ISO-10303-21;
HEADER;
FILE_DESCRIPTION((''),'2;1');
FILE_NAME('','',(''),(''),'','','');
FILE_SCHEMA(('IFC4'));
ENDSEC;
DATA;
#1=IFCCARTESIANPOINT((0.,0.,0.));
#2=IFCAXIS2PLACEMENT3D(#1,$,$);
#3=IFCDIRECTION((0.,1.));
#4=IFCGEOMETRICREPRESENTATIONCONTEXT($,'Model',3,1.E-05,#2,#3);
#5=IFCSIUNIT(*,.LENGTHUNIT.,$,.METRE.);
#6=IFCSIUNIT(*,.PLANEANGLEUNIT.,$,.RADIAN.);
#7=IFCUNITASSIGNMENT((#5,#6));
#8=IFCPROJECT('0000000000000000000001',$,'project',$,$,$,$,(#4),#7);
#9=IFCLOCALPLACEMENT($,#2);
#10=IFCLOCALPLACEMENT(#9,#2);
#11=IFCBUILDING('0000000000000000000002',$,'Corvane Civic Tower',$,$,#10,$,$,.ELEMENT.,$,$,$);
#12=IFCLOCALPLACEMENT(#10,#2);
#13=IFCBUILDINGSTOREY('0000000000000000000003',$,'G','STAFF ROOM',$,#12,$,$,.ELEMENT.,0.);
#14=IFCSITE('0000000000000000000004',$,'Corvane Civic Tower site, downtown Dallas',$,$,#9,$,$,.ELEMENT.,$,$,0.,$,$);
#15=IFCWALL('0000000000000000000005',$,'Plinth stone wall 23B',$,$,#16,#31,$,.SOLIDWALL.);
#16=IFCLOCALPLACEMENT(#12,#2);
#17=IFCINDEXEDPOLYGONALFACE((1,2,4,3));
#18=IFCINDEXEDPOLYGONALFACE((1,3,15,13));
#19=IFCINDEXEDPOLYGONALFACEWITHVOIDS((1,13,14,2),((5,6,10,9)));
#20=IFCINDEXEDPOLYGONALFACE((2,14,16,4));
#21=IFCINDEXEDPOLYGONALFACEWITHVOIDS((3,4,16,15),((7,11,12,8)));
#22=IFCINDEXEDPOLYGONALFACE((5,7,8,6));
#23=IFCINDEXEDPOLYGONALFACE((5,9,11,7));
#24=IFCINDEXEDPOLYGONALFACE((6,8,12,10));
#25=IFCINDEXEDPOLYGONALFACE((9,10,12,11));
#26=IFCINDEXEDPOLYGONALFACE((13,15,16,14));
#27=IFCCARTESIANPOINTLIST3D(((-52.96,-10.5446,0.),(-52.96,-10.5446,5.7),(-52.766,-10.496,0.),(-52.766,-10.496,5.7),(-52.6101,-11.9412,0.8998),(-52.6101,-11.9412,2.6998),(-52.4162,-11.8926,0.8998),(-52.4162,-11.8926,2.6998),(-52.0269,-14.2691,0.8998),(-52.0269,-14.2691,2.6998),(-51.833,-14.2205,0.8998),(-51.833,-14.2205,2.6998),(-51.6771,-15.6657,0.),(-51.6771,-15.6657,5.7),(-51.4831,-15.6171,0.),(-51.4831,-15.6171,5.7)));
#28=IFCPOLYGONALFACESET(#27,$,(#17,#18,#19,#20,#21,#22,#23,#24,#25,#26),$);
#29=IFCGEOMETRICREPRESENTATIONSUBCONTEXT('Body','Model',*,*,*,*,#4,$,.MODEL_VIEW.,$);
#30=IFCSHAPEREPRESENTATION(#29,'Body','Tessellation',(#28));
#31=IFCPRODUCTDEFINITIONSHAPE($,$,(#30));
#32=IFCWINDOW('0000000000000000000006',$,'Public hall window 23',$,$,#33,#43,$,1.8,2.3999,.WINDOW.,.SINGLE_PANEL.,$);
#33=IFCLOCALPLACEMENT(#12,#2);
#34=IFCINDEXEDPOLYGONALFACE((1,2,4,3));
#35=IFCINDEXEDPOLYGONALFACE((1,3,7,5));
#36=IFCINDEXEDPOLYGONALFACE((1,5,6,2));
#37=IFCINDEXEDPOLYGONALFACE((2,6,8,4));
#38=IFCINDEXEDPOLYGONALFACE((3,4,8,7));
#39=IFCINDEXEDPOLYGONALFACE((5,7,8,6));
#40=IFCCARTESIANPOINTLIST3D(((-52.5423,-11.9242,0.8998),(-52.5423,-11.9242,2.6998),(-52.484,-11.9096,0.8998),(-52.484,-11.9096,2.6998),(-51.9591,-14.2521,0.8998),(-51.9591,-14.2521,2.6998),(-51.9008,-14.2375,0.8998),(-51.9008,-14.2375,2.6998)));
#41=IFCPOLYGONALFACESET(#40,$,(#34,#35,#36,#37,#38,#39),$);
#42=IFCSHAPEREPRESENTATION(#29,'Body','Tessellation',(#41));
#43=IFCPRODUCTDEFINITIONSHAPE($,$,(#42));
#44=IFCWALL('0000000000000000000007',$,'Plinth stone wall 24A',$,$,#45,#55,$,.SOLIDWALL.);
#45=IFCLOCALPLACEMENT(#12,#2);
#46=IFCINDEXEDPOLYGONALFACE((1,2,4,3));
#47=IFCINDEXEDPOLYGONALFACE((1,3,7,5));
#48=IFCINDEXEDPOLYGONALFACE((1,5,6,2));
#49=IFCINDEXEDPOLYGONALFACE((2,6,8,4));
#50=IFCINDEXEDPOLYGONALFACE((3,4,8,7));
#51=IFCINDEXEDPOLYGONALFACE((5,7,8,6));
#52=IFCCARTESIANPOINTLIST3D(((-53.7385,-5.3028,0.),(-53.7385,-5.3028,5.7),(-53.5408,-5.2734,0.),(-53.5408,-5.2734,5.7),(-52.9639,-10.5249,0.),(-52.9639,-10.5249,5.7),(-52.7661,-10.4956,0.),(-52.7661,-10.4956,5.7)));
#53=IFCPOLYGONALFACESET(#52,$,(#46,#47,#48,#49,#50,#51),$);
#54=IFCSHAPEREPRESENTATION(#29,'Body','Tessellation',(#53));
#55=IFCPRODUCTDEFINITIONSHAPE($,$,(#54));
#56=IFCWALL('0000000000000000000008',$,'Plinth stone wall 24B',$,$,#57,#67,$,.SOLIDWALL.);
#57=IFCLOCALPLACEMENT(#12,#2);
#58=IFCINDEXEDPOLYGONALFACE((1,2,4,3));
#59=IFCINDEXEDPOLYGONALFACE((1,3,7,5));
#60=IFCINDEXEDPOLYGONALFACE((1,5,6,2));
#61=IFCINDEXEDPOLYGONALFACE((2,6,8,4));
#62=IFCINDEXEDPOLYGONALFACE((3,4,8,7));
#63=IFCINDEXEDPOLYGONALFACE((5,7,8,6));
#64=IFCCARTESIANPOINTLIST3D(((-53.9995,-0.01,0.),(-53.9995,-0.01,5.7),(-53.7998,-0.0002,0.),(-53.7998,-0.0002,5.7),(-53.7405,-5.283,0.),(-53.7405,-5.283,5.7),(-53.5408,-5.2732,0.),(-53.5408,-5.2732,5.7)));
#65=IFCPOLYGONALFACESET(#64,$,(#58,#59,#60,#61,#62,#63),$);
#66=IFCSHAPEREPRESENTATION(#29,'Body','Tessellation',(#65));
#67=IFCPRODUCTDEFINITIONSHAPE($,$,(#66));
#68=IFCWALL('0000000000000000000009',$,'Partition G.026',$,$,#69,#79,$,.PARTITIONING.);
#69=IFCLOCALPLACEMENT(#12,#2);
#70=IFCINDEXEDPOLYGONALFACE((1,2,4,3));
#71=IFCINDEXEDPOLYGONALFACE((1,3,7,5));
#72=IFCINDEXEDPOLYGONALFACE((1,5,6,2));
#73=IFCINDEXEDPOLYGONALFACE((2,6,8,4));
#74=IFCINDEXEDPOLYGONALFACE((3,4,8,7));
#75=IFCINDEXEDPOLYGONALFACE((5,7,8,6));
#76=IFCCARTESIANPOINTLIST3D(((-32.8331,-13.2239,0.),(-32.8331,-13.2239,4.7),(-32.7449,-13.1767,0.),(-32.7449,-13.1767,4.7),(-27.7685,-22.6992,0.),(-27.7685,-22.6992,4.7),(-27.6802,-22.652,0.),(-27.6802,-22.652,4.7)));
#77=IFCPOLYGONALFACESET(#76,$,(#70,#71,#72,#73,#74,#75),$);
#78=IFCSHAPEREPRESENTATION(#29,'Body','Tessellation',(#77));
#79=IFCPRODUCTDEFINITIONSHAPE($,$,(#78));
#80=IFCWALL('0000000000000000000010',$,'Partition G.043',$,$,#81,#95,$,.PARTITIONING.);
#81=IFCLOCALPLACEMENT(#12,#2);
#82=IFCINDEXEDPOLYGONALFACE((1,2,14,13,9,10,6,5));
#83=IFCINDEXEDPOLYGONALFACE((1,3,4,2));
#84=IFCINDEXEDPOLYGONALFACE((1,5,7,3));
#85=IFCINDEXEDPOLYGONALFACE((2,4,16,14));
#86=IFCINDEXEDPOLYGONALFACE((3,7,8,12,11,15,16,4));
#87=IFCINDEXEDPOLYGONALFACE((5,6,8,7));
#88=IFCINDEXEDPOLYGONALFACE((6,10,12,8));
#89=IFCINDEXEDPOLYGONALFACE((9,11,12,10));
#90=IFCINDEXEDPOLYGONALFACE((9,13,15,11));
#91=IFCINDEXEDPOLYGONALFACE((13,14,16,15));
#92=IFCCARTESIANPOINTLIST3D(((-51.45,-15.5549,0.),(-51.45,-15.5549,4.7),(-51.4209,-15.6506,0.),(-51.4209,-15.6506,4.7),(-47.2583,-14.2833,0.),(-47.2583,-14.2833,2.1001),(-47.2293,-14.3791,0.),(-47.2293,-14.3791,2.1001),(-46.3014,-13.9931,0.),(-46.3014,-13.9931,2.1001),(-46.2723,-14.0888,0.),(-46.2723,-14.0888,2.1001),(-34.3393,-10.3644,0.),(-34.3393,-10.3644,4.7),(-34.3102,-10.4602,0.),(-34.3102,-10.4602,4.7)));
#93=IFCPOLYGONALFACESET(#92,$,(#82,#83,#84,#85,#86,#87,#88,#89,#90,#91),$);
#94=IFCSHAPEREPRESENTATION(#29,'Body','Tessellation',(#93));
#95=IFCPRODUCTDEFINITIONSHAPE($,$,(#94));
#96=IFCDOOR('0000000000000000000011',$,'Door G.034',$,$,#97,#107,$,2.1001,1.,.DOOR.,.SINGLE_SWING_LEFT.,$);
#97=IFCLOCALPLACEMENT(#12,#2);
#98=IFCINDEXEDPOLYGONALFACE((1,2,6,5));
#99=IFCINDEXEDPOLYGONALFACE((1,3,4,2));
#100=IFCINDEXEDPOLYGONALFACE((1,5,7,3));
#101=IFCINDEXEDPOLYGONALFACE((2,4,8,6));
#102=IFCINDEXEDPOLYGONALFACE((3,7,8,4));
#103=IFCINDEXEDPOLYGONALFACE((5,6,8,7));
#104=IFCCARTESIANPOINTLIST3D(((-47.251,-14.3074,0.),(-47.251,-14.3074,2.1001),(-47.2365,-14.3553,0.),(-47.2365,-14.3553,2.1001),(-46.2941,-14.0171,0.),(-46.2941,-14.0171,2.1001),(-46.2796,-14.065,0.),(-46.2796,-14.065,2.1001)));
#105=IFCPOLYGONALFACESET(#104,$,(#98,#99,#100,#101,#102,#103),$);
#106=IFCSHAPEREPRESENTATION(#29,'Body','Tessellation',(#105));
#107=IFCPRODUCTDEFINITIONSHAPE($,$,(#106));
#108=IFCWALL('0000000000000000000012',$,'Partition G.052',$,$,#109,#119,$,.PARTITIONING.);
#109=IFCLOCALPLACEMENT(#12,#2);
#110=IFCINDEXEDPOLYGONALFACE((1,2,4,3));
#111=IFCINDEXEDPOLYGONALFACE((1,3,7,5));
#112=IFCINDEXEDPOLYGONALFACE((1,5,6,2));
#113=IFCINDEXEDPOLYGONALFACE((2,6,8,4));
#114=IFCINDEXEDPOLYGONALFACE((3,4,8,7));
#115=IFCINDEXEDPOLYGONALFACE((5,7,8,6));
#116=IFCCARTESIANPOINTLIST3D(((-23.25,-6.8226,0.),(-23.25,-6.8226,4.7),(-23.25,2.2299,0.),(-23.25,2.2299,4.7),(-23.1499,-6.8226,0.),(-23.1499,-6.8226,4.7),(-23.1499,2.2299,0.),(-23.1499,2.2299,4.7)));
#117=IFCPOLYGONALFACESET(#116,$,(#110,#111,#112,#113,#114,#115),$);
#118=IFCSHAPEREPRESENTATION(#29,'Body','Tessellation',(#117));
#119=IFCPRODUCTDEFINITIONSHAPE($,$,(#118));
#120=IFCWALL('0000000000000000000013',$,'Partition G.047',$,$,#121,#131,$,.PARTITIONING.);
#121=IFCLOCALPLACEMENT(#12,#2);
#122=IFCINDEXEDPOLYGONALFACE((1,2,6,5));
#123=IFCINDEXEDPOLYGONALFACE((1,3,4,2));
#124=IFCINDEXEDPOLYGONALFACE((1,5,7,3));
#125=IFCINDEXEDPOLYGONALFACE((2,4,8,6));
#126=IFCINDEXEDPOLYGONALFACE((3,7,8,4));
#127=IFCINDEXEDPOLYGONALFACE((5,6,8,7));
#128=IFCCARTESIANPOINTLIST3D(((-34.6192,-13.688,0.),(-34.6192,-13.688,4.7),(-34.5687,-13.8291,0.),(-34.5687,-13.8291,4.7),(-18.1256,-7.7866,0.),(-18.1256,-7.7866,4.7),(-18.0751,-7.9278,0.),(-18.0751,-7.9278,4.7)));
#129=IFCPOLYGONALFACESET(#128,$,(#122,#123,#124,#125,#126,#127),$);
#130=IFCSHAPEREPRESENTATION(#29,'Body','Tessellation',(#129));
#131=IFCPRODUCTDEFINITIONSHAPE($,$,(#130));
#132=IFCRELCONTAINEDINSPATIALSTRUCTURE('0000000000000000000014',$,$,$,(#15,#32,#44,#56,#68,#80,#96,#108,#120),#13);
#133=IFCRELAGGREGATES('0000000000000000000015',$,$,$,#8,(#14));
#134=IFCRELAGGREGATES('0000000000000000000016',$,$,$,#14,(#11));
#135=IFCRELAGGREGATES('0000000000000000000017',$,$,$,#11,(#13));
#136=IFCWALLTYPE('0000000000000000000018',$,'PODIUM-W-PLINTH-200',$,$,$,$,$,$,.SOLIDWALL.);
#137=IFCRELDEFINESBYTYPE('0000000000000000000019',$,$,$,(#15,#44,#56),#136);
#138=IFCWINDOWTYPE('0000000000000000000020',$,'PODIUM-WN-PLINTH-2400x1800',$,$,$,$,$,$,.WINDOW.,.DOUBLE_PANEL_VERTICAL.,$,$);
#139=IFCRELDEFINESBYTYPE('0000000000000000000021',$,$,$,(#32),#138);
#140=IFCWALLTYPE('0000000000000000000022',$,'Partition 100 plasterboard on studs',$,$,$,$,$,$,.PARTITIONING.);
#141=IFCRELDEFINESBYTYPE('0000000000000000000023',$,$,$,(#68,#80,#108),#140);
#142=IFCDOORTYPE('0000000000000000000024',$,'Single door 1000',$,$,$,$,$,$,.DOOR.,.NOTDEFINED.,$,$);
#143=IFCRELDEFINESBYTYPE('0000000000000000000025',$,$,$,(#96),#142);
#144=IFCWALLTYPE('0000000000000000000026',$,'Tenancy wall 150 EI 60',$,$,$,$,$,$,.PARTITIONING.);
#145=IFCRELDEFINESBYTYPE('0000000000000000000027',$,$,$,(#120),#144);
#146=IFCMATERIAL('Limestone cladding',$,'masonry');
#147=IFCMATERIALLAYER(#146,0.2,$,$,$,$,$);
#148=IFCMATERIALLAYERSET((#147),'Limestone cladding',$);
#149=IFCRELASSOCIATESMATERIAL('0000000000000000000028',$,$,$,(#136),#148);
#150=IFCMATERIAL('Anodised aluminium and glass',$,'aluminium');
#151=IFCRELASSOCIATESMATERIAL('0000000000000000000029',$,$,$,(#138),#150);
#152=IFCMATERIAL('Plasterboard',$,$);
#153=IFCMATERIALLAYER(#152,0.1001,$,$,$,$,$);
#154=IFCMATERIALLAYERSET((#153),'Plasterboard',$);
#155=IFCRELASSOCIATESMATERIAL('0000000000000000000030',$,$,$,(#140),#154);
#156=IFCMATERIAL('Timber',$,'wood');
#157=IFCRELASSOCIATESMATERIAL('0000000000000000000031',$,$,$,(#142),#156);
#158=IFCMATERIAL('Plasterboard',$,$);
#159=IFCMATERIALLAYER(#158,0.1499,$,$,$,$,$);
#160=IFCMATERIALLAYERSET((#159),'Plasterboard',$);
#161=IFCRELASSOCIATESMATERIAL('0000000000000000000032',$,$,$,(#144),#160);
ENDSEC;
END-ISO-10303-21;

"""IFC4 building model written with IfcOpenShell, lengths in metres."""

from ifc_helpers import new_model, si_unit, direction, frame, frame_2d, origin, place, context, subcontext, project, spatial, rectangle, extrude, material, layer, layer_set, type_object, element, fill, save


model = new_model("IFC4")

# Units and contexts
model_context = context("Model", 3, precision=1e-05, world=origin(), true_north=direction((0.0, 1.0)))
body_context = subcontext(model_context, "Body", "Model", "MODEL_VIEW")
ifc_project = project(units=[si_unit("LENGTHUNIT", "METRE"), si_unit("PLANEANGLEUNIT", "RADIAN")], contexts=[model_context])

# Site, building, storey
site_placement = place(None, origin())
site = spatial("IfcSite", under=ifc_project, at=site_placement, Name="Corvane Civic Tower site, downtown Dallas", CompositionType="ELEMENT", RefElevation=0.0)
building_placement = place(site_placement, origin())
building = spatial("IfcBuilding", under=site, at=building_placement, Name="Corvane Civic Tower", CompositionType="ELEMENT")
storey_placement = place(building_placement, origin())
storey = spatial("IfcBuildingStorey", under=building, at=storey_placement, Name="G", Description="STAFF ROOM", CompositionType="ELEMENT", Elevation=0.0)

# Wall, opening, window
ifc_material_1 = material(Name="Limestone cladding", Category="masonry")
ifc_layer_1 = layer(ifc_material_1, 0.2)
ifc_layer_set_1 = layer_set([ifc_layer_1], Name="Limestone cladding")
wall_type_1 = type_object("IfcWallType", Name="PODIUM-W-PLINTH-200", PredefinedType="SOLIDWALL", material=ifc_layer_set_1)
wall_1_placement = place(storey_placement, frame((-51.5801, -15.6414, 0.0), z_axis=(0.0, 0.0, 1.0), x_axis=(-0.243014, 0.970023, 0.0)))
wall_1 = element("IfcWall", 1, at=wall_1_placement, inside=storey, type_object=wall_type_1, Name="Plinth stone wall 23B", PredefinedType="SOLIDWALL", context=body_context, shape_type="SweptSolid", body=[
    extrude(rectangle(XDim=5.2793, YDim=0.2, at=frame_2d((2.6396, 0.0))), origin(), (0.0, 0.0, 1.0), 5.7),
])
opening_1_placement = place(wall_1_placement, frame((1.4397, 0.0, 0.8999)))
opening_1 = element("IfcOpeningElement", 2, at=opening_1_placement, cuts=wall_1, PredefinedType="OPENING", context=body_context, shape_type="SweptSolid", body=[
    extrude(rectangle(XDim=2.3999, YDim=1.8, at=frame_2d((1.2, 0.8999))), frame((0.0, 0.1099, 0.0), z_axis=(0.0, -1.0, 0.0), x_axis=(1.0, 0.0, 0.0)), (0.0, 0.0, 1.0), 0.22),
])
ifc_material_2 = material(Name="Anodised aluminium and glass", Category="aluminium")
window_type = type_object("IfcWindowType", Name="PODIUM-WN-PLINTH-2400x1800", PartitioningType="DOUBLE_PANEL_VERTICAL", PredefinedType="WINDOW", material=ifc_material_2)
window_placement = place(opening_1_placement, origin())
window = element("IfcWindow", 3, at=window_placement, inside=storey, type_object=window_type, Name="Public hall window 23", OverallHeight=1.8, OverallWidth=2.3999, PartitioningType="SINGLE_PANEL", PredefinedType="WINDOW", context=body_context, shape_type="SweptSolid", body=[
    extrude(rectangle(XDim=2.3999, YDim=1.8, at=frame_2d((1.2, 0.8999))), frame((0.0, 0.03, 0.0), z_axis=(0.0, -1.0, 0.0), x_axis=(1.0, 0.0, 0.0)), (0.0, 0.0, 1.0), 0.0601),
])
fill(opening_1, window)

# Walls
for number, where, z_axis, x_axis, name in (
    (4, (-52.865, -10.5103, 0.0), (0.0, 0.0, 1.0), (-0.146735, 0.989176, 0.0), "Plinth stone wall 24A"),
    (5, (-53.6406, -5.2781, 0.0), (0.0, 0.0, 1.0), (-0.049066, 0.998796, 0.0), "Plinth stone wall 24B"),
):
    element("IfcWall", number, at=place(storey_placement, frame(where, z_axis=z_axis, x_axis=x_axis)), inside=storey, type_object=wall_type_1, Name=name, PredefinedType="SOLIDWALL", context=body_context, shape_type="SweptSolid", body=[
        extrude(rectangle(XDim=5.2793, YDim=0.2, at=frame_2d((2.6396, 0.0))), origin(), (0.0, 0.0, 1.0), 5.7),
    ])
ifc_material_3 = material(Name="Plasterboard")
ifc_layer_2 = layer(ifc_material_3, 0.1001)
ifc_layer_set_2 = layer_set([ifc_layer_2], Name="Plasterboard")
wall_type_2 = type_object("IfcWallType", Name="Partition 100 plasterboard on studs", PredefinedType="PARTITIONING", material=ifc_layer_set_2)
wall_2_placement = place(storey_placement, frame((-32.7891, -13.2002, 0.0), z_axis=(0.0, 0.0, 1.0), x_axis=(0.471398, -0.88192, 0.0)))
element("IfcWall", 6, at=wall_2_placement, inside=storey, type_object=wall_type_2, Name="Partition G.026", PredefinedType="PARTITIONING", context=body_context, shape_type="SweptSolid", body=[
    extrude(rectangle(XDim=10.7439, YDim=0.1001, at=frame_2d((5.3721, 0.0))), origin(), (0.0, 0.0, 1.0), 4.7),
])

# Wall, opening, door
wall_3_placement = place(storey_placement, frame((-51.4355, -15.6028, 0.0), z_axis=(0.0, 0.0, 1.0), x_axis=(0.956941, 0.290284, 0.0)))
wall_3 = element("IfcWall", 7, at=wall_3_placement, inside=storey, type_object=wall_type_2, Name="Partition G.043", PredefinedType="PARTITIONING", context=body_context, shape_type="SweptSolid", body=[
    extrude(rectangle(XDim=17.8806, YDim=0.1001, at=frame_2d((8.9404, 0.0))), origin(), (0.0, 0.0, 1.0), 4.7),
])
opening_2_placement = place(wall_3_placement, frame((4.3804, 0.0, 0.0)))
opening_2 = element("IfcOpeningElement", 8, at=opening_2_placement, cuts=wall_3, PredefinedType="OPENING", context=body_context, shape_type="SweptSolid", body=[
    extrude(rectangle(XDim=1.0, YDim=2.1001, at=frame_2d((0.5, 1.05))), frame((0.0, 0.0601, 0.0), z_axis=(0.0, -1.0, 0.0), x_axis=(1.0, 0.0, 0.0)), (0.0, 0.0, 1.0), 0.1201),
])
ifc_material_4 = material(Name="Timber", Category="wood")
door_type = type_object("IfcDoorType", Name="Single door 1000", OperationType="NOTDEFINED", PredefinedType="DOOR", material=ifc_material_4)
door_placement = place(opening_2_placement, origin())
door = element("IfcDoor", 9, at=door_placement, inside=storey, type_object=door_type, Name="Door G.034", OperationType="SINGLE_SWING_LEFT", OverallHeight=2.1001, OverallWidth=1.0, PredefinedType="DOOR", context=body_context, shape_type="SweptSolid", body=[
    extrude(rectangle(XDim=1.0, YDim=2.1001, at=frame_2d((0.5, 1.05))), frame((0.0, 0.0249, 0.0), z_axis=(0.0, -1.0, 0.0), x_axis=(1.0, 0.0, 0.0)), (0.0, 0.0, 1.0), 0.05),
])
fill(opening_2, door)

# Walls
wall_4_placement = place(storey_placement, frame((-23.2, -6.8228, 0.0), z_axis=(0.0, 0.0, 1.0), x_axis=(0.0, 1.0, 0.0)))
element("IfcWall", 10, at=wall_4_placement, inside=storey, type_object=wall_type_2, Name="Partition G.052", PredefinedType="PARTITIONING", context=body_context, shape_type="SweptSolid", body=[
    extrude(rectangle(XDim=9.0525, YDim=0.1001, at=frame_2d((4.5264, 0.0))), origin(), (0.0, 0.0, 1.0), 4.7),
])
ifc_material_5 = material(Name="Plasterboard")
ifc_layer_3 = layer(ifc_material_5, 0.1499)
ifc_layer_set_3 = layer_set([ifc_layer_3], Name="Plasterboard")
wall_type_3 = type_object("IfcWallType", Name="Tenancy wall 150 EI 60", PredefinedType="PARTITIONING", material=ifc_layer_set_3)
wall_5_placement = place(storey_placement, frame((-34.594, -13.7585, 0.0), z_axis=(0.0, 0.0, 1.0), x_axis=(0.941547, 0.336882, 0.0)))
element("IfcWall", 11, at=wall_5_placement, inside=storey, type_object=wall_type_3, Name="Partition G.047", PredefinedType="PARTITIONING", context=body_context, shape_type="SweptSolid", body=[
    extrude(rectangle(XDim=17.5176, YDim=0.1499, at=frame_2d((8.7588, 0.0))), origin(), (0.0, 0.0, 1.0), 4.7),
])

save(model, "model.ifc")
